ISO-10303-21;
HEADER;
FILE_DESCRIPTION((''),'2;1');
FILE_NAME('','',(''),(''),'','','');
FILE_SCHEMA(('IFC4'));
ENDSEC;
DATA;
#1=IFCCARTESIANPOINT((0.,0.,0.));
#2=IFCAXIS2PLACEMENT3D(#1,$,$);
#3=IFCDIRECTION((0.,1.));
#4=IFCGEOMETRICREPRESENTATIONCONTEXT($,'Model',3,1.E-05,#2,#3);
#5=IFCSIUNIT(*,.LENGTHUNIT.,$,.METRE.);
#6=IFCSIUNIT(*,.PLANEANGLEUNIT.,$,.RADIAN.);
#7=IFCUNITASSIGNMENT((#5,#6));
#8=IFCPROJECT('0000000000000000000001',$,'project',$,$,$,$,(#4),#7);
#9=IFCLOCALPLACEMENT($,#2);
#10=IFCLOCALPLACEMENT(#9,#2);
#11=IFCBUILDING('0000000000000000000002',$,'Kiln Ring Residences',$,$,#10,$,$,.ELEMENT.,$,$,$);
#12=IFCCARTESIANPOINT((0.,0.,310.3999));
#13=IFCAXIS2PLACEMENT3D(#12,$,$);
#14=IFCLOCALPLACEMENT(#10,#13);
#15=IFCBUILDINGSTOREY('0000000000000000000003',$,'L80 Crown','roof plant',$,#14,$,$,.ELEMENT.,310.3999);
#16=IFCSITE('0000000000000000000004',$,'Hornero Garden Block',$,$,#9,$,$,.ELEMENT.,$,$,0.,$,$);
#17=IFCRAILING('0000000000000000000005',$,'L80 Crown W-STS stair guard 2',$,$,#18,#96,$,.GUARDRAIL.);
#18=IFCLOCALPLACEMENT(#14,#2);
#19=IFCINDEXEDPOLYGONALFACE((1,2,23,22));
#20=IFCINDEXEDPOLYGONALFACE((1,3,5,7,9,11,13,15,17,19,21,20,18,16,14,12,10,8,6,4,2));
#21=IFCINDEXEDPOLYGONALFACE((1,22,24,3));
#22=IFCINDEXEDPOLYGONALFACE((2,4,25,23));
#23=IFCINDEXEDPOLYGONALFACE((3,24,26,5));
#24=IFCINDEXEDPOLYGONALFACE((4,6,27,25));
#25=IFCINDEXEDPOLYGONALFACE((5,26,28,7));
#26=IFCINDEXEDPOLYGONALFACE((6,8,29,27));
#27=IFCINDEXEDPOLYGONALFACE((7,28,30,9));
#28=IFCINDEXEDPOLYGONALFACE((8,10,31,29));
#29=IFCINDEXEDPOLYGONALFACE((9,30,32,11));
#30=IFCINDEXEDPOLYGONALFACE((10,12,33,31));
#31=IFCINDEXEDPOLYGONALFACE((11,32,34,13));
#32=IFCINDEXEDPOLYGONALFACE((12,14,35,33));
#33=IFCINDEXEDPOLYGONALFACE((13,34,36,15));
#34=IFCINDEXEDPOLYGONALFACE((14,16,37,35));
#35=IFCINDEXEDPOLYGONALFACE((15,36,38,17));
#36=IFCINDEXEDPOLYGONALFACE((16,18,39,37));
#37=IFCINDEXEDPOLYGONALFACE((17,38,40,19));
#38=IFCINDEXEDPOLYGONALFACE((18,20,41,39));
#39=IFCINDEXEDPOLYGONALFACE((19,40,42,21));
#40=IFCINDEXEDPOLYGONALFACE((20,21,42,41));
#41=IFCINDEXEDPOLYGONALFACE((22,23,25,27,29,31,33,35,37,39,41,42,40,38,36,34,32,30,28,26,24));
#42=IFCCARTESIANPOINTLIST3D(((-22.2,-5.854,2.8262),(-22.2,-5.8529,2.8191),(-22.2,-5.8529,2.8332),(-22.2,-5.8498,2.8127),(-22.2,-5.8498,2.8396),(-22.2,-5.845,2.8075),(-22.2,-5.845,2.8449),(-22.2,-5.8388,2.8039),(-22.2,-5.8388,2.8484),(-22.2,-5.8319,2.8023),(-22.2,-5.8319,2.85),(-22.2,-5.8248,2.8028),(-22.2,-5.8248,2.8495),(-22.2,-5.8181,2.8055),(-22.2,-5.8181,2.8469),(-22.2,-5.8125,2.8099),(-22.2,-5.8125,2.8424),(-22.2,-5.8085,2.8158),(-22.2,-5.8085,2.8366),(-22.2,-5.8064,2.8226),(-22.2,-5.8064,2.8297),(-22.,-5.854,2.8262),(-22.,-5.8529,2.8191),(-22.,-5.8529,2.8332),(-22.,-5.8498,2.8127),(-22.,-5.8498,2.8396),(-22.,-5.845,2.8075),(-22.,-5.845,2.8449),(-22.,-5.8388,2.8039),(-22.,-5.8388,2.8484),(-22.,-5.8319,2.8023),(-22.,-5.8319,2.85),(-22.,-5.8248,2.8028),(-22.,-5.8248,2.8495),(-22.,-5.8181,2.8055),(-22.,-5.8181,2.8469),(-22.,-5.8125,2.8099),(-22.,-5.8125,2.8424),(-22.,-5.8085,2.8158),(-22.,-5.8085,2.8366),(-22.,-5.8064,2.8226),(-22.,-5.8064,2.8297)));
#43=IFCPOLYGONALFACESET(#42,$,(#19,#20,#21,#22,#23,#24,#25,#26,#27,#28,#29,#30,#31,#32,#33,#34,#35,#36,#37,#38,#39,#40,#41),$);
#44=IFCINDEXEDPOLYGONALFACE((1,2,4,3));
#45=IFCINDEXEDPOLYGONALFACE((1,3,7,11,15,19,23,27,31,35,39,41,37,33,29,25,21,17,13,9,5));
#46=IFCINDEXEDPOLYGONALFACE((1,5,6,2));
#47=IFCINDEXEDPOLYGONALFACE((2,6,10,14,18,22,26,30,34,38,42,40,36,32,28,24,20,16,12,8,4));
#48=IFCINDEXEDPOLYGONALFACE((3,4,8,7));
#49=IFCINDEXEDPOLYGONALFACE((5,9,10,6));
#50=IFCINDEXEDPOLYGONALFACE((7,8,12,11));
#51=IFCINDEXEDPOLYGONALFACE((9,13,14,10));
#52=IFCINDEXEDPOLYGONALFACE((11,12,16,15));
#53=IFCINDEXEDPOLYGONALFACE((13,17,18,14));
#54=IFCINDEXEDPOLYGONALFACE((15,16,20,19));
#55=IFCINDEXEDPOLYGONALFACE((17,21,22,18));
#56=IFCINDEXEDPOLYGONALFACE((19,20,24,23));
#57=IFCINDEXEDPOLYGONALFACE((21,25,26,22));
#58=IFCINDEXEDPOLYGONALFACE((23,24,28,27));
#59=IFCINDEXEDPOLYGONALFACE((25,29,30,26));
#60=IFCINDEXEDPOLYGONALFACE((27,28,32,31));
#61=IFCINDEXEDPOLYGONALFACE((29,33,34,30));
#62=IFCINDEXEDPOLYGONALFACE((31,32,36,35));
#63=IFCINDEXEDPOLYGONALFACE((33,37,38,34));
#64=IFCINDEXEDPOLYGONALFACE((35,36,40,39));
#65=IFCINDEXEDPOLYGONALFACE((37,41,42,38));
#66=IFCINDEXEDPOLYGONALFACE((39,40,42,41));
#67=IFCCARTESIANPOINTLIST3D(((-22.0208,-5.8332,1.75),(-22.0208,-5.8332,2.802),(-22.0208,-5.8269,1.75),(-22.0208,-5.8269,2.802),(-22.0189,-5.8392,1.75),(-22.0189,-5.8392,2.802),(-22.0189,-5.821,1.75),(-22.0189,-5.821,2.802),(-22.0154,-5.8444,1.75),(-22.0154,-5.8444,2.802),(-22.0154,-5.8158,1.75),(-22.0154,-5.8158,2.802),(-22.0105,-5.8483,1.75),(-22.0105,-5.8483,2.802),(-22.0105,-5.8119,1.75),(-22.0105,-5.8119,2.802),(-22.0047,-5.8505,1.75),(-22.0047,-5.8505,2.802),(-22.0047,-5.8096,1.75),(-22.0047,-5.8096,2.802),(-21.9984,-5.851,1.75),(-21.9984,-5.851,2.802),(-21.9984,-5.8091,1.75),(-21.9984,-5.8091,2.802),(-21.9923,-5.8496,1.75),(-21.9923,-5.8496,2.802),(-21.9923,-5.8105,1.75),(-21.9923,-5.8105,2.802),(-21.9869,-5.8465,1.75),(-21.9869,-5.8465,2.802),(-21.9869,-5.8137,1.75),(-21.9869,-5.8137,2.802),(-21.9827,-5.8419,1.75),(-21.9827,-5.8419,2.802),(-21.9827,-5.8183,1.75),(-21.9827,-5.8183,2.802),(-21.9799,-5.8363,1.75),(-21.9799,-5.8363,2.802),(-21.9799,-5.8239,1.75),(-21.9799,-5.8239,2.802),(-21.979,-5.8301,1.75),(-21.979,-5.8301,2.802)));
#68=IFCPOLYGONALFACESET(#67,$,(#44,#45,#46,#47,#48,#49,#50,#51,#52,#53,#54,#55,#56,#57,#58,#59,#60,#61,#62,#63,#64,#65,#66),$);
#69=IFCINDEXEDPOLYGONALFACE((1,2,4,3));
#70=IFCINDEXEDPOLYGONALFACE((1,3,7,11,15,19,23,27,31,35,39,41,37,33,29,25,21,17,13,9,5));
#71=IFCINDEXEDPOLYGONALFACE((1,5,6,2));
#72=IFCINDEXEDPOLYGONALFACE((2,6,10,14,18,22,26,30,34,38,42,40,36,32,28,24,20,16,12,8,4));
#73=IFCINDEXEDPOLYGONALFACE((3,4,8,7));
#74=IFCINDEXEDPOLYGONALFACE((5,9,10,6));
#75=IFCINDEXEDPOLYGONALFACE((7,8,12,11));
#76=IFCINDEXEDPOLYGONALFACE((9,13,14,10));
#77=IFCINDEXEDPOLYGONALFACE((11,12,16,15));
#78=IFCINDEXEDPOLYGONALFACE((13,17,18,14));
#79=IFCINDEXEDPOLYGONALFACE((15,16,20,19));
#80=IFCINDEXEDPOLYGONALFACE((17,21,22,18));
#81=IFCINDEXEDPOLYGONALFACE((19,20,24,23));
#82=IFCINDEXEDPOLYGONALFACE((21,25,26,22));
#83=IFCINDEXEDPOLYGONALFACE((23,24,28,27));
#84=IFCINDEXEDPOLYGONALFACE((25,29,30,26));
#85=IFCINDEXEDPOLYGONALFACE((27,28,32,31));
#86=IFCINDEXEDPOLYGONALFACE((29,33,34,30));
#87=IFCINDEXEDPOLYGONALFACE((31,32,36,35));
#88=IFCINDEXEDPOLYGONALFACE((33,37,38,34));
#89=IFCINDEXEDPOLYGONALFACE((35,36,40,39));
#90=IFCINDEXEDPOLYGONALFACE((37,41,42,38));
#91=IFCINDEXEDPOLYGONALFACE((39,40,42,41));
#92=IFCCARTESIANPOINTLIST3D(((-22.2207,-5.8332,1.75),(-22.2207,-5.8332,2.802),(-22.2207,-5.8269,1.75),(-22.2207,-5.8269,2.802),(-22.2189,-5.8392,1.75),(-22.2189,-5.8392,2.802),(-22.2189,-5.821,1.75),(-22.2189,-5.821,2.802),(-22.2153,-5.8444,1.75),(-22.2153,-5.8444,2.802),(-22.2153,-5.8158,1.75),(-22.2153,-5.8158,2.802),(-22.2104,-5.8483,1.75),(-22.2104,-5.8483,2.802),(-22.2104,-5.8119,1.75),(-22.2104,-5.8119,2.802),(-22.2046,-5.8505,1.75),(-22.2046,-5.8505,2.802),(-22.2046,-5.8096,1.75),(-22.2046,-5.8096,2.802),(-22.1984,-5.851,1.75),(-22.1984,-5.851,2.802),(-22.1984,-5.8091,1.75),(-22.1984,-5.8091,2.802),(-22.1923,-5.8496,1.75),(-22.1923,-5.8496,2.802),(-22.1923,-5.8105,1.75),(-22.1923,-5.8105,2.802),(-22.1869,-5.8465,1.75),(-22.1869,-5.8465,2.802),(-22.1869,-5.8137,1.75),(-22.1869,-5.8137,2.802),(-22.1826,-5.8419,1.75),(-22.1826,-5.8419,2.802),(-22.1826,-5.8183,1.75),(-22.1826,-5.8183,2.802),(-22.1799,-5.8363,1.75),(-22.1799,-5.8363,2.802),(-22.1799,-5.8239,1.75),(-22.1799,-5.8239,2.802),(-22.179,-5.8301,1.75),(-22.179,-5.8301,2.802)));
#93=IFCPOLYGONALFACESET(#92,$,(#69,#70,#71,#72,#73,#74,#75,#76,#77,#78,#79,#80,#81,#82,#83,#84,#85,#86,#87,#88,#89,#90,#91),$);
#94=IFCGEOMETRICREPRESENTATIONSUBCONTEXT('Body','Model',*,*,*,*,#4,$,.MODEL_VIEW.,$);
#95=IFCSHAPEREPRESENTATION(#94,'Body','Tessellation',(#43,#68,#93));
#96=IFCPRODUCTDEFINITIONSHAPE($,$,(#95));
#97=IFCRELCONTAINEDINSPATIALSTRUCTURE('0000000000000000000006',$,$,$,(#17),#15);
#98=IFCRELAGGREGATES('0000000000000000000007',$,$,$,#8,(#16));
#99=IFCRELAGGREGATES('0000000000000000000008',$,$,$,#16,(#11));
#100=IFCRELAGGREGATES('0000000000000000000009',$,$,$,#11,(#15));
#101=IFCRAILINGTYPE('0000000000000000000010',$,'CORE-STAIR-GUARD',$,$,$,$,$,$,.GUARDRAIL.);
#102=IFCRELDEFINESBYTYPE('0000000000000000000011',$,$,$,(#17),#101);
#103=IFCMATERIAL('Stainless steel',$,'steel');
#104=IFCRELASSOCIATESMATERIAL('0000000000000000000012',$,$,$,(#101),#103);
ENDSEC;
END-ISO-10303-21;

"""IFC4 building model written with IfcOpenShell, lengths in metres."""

from ifc_helpers import new_model, si_unit, direction, frame, origin, origin_2d, place, context, subcontext, project, spatial, circle, extrude, material, type_object, element, save


model = new_model("IFC4")

# Units and contexts
model_context = context("Model", 3, precision=1e-05, world=origin(), true_north=direction((0.0, 1.0)))
body_context = subcontext(model_context, "Body", "Model", "MODEL_VIEW")
ifc_project = project(units=[si_unit("LENGTHUNIT", "METRE"), si_unit("PLANEANGLEUNIT", "RADIAN")], contexts=[model_context])

# Site, building, storey
site_placement = place(None, origin())
site = spatial("IfcSite", under=ifc_project, at=site_placement, Name="Hornero Garden Block", CompositionType="ELEMENT", RefElevation=0.0)
building_placement = place(site_placement, origin())
building = spatial("IfcBuilding", under=site, at=building_placement, Name="Kiln Ring Residences", CompositionType="ELEMENT")
storey_placement = place(building_placement, frame((0.0, 0.0, 310.3999)))
storey = spatial("IfcBuildingStorey", under=building, at=storey_placement, Name="L80 Crown", Description="roof plant", CompositionType="ELEMENT", Elevation=310.3999)

# Railing
ifc_material_1 = material(Name="Stainless steel", Category="steel")
railing_type_1 = type_object("IfcRailingType", Name="CORE-STAIR-GUARD", PredefinedType="GUARDRAIL", material=ifc_material_1)
railing_1_placement = place(storey_placement, frame((-22.0, -5.8301, 1.75)))
element("IfcRailing", 1, at=railing_1_placement, inside=storey, type_object=railing_type_1, Name="L80 Crown W-STS stair guard 2", PredefinedType="GUARDRAIL", context=body_context, shape_type="SweptSolid", body=[
    extrude(circle(Radius=0.0239, at=origin_2d()), frame((0.0, 0.0, 1.0762), z_axis=(-1.0, 0.0, 0.0), x_axis=(0.0, -1.0, 0.0)), (0.0, 0.0, 1.0), 0.2),
    extrude(circle(Radius=0.021, at=origin_2d()), origin(), (0.0, 0.0, 1.0), 1.052),
    extrude(circle(Radius=0.021, at=origin_2d()), frame((-0.2, 0.0, 0.0)), (0.0, 0.0, 1.0), 1.052),
])

save(model, "model.ifc")
